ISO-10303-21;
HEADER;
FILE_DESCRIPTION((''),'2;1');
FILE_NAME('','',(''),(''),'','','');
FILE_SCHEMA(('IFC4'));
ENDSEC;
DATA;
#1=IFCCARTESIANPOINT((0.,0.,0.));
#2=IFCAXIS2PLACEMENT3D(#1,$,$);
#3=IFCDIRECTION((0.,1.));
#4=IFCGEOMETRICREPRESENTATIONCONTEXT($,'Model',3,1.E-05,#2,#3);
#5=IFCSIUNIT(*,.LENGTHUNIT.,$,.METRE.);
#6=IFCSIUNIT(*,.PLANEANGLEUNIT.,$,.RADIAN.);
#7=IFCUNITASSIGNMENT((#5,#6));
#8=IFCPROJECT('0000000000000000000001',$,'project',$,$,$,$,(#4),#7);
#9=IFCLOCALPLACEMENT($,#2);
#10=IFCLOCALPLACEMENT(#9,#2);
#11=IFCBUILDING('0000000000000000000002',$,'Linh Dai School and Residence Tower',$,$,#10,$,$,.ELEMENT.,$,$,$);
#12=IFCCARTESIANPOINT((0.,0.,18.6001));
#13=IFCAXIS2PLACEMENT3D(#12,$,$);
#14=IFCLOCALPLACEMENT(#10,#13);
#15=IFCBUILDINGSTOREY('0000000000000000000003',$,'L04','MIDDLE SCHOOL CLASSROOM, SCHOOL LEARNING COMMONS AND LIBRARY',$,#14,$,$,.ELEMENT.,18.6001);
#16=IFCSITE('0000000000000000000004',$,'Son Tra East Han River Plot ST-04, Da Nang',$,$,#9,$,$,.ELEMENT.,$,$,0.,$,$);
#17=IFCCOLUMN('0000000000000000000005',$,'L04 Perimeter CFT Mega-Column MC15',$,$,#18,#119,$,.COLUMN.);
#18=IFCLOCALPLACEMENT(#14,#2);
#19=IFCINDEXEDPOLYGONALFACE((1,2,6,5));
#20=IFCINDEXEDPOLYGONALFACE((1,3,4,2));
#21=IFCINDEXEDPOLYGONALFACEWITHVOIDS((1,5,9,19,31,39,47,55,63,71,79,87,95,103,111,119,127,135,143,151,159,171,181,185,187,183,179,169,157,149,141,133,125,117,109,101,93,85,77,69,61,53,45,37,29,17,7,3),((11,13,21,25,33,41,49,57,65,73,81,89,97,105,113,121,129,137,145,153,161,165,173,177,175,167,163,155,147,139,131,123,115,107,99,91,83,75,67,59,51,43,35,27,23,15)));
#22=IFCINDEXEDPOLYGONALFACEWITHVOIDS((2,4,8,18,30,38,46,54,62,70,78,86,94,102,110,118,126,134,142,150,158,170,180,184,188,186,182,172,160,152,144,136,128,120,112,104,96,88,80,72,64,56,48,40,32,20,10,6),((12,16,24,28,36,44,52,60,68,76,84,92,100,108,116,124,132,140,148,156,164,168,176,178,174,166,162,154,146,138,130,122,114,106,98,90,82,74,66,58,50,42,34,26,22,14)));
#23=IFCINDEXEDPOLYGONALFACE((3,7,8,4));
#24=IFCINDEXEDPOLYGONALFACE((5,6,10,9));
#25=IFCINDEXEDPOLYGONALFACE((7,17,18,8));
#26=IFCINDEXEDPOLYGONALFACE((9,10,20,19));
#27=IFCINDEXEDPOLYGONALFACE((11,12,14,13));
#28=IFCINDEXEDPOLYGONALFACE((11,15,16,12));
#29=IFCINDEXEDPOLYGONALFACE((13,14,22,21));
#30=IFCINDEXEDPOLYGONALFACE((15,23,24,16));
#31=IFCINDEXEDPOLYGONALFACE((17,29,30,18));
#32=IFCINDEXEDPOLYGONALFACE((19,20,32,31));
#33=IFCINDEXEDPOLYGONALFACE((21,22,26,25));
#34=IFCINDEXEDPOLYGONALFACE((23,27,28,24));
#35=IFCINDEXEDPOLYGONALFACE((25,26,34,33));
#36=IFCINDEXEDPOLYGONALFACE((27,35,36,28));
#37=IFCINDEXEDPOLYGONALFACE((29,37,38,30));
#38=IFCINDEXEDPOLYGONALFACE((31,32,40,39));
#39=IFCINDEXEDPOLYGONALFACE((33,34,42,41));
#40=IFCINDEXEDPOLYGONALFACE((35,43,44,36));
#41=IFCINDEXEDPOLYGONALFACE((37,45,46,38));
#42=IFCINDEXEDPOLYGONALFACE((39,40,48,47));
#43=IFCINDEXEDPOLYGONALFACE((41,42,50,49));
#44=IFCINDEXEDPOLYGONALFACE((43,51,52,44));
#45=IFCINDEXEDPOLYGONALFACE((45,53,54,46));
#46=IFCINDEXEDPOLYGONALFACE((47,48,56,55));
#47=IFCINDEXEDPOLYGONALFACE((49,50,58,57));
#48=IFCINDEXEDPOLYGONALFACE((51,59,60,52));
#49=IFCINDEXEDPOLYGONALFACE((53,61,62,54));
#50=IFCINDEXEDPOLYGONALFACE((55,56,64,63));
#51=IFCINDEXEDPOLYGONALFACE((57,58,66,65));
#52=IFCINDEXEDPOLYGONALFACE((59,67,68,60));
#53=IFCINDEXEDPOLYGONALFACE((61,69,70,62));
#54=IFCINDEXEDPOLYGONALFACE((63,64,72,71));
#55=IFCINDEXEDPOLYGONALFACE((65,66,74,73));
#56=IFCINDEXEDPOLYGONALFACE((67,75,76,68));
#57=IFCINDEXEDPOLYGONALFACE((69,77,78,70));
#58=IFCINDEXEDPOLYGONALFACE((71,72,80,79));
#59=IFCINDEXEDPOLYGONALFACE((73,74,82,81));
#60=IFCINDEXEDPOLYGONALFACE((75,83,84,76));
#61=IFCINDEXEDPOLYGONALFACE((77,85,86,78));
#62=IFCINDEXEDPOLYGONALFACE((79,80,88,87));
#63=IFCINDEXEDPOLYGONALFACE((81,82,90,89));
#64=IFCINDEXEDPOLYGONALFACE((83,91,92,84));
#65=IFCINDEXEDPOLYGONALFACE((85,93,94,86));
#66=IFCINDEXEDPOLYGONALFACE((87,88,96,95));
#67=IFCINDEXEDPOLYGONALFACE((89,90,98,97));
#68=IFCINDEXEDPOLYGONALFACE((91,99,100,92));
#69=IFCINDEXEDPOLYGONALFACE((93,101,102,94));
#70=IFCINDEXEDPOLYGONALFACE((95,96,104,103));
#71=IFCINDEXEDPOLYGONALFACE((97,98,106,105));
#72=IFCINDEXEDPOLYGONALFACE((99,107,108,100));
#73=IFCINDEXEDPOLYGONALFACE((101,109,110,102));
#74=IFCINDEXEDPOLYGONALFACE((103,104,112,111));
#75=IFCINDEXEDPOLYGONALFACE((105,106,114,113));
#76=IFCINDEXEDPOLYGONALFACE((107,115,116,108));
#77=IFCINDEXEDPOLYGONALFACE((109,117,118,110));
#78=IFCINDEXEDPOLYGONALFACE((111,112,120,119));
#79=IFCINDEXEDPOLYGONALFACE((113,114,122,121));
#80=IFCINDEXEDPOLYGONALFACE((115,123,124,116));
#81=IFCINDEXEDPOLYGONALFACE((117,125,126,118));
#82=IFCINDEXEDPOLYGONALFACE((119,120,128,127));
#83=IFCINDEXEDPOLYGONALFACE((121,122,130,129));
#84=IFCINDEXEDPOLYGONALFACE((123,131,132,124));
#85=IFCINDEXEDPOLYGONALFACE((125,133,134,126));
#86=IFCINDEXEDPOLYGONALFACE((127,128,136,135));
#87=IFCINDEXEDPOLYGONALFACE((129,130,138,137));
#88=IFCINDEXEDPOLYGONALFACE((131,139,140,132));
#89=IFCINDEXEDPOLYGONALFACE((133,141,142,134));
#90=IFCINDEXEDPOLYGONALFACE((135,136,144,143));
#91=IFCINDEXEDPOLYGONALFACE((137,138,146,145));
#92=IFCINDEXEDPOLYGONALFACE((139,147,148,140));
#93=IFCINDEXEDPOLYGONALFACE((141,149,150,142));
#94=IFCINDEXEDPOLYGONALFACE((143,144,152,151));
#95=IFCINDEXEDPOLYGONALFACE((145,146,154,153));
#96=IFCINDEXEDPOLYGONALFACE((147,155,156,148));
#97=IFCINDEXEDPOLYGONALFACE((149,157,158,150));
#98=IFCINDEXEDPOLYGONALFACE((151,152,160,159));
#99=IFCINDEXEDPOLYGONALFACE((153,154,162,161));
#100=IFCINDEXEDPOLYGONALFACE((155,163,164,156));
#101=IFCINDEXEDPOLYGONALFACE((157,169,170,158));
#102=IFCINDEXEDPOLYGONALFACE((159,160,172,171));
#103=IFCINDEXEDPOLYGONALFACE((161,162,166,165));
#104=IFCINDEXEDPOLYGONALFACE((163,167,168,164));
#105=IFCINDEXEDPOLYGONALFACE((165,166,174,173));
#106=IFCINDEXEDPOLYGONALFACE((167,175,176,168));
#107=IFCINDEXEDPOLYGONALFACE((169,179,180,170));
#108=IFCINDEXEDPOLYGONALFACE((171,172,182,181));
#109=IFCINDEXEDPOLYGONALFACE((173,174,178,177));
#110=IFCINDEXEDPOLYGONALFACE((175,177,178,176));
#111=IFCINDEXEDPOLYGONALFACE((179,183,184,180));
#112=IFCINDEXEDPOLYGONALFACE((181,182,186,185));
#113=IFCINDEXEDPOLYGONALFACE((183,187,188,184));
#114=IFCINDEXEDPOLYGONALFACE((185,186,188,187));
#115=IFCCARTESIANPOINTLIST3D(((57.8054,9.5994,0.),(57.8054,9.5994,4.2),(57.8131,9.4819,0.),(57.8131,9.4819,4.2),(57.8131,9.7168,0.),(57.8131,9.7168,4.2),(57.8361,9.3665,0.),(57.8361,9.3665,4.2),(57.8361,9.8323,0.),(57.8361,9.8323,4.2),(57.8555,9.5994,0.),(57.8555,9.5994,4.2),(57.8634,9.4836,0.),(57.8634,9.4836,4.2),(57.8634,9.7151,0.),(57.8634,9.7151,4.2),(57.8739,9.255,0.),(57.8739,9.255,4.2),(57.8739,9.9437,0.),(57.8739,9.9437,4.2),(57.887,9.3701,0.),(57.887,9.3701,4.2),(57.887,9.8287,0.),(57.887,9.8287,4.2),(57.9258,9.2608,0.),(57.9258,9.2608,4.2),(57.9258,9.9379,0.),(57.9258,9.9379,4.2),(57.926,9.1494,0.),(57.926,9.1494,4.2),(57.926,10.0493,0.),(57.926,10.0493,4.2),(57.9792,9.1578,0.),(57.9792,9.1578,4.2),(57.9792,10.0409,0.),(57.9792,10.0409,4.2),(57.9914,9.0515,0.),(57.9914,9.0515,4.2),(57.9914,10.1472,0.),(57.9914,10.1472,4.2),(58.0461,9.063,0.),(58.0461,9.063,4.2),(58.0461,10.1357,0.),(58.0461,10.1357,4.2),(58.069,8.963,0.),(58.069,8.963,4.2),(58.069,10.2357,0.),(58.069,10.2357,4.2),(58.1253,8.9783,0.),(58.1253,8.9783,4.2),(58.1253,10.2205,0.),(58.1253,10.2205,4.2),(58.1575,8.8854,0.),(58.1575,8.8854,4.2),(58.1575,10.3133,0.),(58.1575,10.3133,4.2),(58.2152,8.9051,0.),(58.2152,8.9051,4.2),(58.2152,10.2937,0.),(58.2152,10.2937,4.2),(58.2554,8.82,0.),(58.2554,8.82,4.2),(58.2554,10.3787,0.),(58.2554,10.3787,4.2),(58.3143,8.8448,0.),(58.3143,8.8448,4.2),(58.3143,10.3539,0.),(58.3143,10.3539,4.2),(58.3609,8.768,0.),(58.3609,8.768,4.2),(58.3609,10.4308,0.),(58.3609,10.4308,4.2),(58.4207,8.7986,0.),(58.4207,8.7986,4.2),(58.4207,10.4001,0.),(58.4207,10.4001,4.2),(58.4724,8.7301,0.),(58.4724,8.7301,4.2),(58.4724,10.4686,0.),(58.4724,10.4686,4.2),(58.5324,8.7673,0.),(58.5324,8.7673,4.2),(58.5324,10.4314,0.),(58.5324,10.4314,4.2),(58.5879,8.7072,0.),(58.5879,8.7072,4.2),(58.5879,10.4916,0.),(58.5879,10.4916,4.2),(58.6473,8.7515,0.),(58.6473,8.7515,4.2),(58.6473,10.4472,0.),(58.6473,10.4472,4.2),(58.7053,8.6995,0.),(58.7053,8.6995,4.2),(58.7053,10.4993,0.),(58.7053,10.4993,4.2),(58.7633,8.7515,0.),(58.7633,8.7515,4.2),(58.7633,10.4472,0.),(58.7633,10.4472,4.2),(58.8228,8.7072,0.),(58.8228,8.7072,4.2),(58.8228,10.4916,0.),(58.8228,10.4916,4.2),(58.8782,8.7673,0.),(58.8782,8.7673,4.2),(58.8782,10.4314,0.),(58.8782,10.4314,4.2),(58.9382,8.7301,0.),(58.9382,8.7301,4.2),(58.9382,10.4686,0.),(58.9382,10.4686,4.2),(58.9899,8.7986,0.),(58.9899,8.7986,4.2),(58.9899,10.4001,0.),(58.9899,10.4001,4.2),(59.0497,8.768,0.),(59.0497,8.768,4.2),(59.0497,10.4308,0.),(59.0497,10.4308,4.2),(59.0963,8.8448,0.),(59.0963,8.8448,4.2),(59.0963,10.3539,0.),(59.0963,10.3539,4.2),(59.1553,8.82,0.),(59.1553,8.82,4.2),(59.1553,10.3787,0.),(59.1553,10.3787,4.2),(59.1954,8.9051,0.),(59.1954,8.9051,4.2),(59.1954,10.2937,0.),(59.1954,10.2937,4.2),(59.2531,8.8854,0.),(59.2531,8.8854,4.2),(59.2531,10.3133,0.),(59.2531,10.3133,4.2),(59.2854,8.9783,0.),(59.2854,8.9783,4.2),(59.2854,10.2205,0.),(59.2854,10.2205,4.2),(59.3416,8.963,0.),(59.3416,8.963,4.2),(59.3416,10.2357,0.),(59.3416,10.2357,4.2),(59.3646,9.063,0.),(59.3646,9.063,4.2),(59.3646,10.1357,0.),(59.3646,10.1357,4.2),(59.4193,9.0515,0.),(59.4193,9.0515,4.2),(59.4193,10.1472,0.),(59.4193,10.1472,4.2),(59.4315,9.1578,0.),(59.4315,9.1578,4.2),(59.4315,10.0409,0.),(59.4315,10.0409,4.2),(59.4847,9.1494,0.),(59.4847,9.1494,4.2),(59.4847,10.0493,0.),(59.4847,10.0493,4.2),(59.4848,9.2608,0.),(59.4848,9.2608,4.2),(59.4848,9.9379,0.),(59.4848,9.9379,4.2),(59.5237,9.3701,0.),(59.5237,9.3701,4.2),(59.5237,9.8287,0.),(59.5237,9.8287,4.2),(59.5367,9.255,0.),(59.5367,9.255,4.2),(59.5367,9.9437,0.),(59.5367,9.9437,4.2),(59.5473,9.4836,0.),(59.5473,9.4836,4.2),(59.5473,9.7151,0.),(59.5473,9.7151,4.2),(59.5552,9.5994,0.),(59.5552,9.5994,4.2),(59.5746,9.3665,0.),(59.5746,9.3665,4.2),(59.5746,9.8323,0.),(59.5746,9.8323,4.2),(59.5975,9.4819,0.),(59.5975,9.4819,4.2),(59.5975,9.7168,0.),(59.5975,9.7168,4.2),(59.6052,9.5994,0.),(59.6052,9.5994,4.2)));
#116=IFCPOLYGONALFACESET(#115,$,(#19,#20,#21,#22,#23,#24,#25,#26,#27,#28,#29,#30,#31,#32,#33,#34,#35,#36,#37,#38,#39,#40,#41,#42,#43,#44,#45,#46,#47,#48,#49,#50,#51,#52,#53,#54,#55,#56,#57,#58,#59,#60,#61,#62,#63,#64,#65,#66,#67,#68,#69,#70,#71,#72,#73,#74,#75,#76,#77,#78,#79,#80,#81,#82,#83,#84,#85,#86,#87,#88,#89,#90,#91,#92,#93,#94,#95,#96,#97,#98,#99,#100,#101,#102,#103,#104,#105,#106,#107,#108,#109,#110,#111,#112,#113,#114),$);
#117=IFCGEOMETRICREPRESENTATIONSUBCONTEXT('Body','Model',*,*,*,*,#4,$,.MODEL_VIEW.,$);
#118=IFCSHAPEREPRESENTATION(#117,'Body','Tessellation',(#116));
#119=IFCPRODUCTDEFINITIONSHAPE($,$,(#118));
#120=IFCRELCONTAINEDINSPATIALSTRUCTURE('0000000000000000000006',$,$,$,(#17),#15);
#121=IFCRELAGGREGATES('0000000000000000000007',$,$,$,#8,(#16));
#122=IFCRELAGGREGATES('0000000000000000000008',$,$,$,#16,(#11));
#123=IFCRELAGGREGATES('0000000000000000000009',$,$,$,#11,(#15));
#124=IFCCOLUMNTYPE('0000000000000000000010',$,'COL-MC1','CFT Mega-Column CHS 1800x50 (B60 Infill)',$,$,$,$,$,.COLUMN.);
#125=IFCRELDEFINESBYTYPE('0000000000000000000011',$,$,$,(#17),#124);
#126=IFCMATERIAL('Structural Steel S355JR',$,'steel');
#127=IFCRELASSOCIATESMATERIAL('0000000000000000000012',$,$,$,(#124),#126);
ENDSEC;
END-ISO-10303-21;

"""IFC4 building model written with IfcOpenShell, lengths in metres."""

from ifc_helpers import new_model, si_unit, direction, frame, origin, origin_2d, place, context, subcontext, project, spatial, hollow_circle, extrude, material, material_profile, profile_set, type_object, element, save


model = new_model("IFC4")

# Units and contexts
model_context = context("Model", 3, precision=1e-05, world=origin(), true_north=direction((0.0, 1.0)))
body_context = subcontext(model_context, "Body", "Model", "MODEL_VIEW")
ifc_project = project(units=[si_unit("LENGTHUNIT", "METRE"), si_unit("PLANEANGLEUNIT", "RADIAN")], contexts=[model_context])

# Site, building, storey
site_placement = place(None, origin())
site = spatial("IfcSite", under=ifc_project, at=site_placement, Name="Son Tra East Han River Plot ST-04, Da Nang", CompositionType="ELEMENT", RefElevation=0.0)
building_placement = place(site_placement, origin())
building = spatial("IfcBuilding", under=site, at=building_placement, Name="Linh Dai School and Residence Tower", CompositionType="ELEMENT")
storey_placement = place(building_placement, frame((0.0, 0.0, 18.6001)))
storey = spatial("IfcBuildingStorey", under=building, at=storey_placement, Name="L04", Description="MIDDLE SCHOOL CLASSROOM, SCHOOL LEARNING COMMONS AND LIBRARY", CompositionType="ELEMENT", Elevation=18.6001)

# Column
ifc_material_1 = material(Name="Structural Steel S355JR", Category="steel")
ifc_material_profile_1 = material_profile(ifc_material_1, hollow_circle(Radius=0.8999, WallThickness=0.05, at=origin_2d()), Name="CHS 1800x50")
ifc_profile_set_1 = profile_set([ifc_material_profile_1], Name="Structural Steel S355JR")
column_type_1 = type_object("IfcColumnType", Name="COL-MC1", Description="CFT Mega-Column CHS 1800x50 (B60 Infill)", PredefinedType="COLUMN", material=ifc_profile_set_1)
for number, where, z_axis, x_axis, name in (
    (1, (58.7053, 9.5994, 0.0), (0.0, 0.0, 1.0), (1.0, 0.0, 0.0), "L04 Perimeter CFT Mega-Column MC15"),
):
    element("IfcColumn", number, at=place(storey_placement, frame(where, z_axis=z_axis, x_axis=x_axis)), inside=storey, type_object=column_type_1, Name=name, PredefinedType="COLUMN", context=body_context, shape_type="SweptSolid", body=[
        extrude(hollow_circle(Radius=0.8999, WallThickness=0.05, at=origin_2d()), origin(), (0.0, 0.0, 1.0), 4.2),
    ])

save(model, "model.ifc")
